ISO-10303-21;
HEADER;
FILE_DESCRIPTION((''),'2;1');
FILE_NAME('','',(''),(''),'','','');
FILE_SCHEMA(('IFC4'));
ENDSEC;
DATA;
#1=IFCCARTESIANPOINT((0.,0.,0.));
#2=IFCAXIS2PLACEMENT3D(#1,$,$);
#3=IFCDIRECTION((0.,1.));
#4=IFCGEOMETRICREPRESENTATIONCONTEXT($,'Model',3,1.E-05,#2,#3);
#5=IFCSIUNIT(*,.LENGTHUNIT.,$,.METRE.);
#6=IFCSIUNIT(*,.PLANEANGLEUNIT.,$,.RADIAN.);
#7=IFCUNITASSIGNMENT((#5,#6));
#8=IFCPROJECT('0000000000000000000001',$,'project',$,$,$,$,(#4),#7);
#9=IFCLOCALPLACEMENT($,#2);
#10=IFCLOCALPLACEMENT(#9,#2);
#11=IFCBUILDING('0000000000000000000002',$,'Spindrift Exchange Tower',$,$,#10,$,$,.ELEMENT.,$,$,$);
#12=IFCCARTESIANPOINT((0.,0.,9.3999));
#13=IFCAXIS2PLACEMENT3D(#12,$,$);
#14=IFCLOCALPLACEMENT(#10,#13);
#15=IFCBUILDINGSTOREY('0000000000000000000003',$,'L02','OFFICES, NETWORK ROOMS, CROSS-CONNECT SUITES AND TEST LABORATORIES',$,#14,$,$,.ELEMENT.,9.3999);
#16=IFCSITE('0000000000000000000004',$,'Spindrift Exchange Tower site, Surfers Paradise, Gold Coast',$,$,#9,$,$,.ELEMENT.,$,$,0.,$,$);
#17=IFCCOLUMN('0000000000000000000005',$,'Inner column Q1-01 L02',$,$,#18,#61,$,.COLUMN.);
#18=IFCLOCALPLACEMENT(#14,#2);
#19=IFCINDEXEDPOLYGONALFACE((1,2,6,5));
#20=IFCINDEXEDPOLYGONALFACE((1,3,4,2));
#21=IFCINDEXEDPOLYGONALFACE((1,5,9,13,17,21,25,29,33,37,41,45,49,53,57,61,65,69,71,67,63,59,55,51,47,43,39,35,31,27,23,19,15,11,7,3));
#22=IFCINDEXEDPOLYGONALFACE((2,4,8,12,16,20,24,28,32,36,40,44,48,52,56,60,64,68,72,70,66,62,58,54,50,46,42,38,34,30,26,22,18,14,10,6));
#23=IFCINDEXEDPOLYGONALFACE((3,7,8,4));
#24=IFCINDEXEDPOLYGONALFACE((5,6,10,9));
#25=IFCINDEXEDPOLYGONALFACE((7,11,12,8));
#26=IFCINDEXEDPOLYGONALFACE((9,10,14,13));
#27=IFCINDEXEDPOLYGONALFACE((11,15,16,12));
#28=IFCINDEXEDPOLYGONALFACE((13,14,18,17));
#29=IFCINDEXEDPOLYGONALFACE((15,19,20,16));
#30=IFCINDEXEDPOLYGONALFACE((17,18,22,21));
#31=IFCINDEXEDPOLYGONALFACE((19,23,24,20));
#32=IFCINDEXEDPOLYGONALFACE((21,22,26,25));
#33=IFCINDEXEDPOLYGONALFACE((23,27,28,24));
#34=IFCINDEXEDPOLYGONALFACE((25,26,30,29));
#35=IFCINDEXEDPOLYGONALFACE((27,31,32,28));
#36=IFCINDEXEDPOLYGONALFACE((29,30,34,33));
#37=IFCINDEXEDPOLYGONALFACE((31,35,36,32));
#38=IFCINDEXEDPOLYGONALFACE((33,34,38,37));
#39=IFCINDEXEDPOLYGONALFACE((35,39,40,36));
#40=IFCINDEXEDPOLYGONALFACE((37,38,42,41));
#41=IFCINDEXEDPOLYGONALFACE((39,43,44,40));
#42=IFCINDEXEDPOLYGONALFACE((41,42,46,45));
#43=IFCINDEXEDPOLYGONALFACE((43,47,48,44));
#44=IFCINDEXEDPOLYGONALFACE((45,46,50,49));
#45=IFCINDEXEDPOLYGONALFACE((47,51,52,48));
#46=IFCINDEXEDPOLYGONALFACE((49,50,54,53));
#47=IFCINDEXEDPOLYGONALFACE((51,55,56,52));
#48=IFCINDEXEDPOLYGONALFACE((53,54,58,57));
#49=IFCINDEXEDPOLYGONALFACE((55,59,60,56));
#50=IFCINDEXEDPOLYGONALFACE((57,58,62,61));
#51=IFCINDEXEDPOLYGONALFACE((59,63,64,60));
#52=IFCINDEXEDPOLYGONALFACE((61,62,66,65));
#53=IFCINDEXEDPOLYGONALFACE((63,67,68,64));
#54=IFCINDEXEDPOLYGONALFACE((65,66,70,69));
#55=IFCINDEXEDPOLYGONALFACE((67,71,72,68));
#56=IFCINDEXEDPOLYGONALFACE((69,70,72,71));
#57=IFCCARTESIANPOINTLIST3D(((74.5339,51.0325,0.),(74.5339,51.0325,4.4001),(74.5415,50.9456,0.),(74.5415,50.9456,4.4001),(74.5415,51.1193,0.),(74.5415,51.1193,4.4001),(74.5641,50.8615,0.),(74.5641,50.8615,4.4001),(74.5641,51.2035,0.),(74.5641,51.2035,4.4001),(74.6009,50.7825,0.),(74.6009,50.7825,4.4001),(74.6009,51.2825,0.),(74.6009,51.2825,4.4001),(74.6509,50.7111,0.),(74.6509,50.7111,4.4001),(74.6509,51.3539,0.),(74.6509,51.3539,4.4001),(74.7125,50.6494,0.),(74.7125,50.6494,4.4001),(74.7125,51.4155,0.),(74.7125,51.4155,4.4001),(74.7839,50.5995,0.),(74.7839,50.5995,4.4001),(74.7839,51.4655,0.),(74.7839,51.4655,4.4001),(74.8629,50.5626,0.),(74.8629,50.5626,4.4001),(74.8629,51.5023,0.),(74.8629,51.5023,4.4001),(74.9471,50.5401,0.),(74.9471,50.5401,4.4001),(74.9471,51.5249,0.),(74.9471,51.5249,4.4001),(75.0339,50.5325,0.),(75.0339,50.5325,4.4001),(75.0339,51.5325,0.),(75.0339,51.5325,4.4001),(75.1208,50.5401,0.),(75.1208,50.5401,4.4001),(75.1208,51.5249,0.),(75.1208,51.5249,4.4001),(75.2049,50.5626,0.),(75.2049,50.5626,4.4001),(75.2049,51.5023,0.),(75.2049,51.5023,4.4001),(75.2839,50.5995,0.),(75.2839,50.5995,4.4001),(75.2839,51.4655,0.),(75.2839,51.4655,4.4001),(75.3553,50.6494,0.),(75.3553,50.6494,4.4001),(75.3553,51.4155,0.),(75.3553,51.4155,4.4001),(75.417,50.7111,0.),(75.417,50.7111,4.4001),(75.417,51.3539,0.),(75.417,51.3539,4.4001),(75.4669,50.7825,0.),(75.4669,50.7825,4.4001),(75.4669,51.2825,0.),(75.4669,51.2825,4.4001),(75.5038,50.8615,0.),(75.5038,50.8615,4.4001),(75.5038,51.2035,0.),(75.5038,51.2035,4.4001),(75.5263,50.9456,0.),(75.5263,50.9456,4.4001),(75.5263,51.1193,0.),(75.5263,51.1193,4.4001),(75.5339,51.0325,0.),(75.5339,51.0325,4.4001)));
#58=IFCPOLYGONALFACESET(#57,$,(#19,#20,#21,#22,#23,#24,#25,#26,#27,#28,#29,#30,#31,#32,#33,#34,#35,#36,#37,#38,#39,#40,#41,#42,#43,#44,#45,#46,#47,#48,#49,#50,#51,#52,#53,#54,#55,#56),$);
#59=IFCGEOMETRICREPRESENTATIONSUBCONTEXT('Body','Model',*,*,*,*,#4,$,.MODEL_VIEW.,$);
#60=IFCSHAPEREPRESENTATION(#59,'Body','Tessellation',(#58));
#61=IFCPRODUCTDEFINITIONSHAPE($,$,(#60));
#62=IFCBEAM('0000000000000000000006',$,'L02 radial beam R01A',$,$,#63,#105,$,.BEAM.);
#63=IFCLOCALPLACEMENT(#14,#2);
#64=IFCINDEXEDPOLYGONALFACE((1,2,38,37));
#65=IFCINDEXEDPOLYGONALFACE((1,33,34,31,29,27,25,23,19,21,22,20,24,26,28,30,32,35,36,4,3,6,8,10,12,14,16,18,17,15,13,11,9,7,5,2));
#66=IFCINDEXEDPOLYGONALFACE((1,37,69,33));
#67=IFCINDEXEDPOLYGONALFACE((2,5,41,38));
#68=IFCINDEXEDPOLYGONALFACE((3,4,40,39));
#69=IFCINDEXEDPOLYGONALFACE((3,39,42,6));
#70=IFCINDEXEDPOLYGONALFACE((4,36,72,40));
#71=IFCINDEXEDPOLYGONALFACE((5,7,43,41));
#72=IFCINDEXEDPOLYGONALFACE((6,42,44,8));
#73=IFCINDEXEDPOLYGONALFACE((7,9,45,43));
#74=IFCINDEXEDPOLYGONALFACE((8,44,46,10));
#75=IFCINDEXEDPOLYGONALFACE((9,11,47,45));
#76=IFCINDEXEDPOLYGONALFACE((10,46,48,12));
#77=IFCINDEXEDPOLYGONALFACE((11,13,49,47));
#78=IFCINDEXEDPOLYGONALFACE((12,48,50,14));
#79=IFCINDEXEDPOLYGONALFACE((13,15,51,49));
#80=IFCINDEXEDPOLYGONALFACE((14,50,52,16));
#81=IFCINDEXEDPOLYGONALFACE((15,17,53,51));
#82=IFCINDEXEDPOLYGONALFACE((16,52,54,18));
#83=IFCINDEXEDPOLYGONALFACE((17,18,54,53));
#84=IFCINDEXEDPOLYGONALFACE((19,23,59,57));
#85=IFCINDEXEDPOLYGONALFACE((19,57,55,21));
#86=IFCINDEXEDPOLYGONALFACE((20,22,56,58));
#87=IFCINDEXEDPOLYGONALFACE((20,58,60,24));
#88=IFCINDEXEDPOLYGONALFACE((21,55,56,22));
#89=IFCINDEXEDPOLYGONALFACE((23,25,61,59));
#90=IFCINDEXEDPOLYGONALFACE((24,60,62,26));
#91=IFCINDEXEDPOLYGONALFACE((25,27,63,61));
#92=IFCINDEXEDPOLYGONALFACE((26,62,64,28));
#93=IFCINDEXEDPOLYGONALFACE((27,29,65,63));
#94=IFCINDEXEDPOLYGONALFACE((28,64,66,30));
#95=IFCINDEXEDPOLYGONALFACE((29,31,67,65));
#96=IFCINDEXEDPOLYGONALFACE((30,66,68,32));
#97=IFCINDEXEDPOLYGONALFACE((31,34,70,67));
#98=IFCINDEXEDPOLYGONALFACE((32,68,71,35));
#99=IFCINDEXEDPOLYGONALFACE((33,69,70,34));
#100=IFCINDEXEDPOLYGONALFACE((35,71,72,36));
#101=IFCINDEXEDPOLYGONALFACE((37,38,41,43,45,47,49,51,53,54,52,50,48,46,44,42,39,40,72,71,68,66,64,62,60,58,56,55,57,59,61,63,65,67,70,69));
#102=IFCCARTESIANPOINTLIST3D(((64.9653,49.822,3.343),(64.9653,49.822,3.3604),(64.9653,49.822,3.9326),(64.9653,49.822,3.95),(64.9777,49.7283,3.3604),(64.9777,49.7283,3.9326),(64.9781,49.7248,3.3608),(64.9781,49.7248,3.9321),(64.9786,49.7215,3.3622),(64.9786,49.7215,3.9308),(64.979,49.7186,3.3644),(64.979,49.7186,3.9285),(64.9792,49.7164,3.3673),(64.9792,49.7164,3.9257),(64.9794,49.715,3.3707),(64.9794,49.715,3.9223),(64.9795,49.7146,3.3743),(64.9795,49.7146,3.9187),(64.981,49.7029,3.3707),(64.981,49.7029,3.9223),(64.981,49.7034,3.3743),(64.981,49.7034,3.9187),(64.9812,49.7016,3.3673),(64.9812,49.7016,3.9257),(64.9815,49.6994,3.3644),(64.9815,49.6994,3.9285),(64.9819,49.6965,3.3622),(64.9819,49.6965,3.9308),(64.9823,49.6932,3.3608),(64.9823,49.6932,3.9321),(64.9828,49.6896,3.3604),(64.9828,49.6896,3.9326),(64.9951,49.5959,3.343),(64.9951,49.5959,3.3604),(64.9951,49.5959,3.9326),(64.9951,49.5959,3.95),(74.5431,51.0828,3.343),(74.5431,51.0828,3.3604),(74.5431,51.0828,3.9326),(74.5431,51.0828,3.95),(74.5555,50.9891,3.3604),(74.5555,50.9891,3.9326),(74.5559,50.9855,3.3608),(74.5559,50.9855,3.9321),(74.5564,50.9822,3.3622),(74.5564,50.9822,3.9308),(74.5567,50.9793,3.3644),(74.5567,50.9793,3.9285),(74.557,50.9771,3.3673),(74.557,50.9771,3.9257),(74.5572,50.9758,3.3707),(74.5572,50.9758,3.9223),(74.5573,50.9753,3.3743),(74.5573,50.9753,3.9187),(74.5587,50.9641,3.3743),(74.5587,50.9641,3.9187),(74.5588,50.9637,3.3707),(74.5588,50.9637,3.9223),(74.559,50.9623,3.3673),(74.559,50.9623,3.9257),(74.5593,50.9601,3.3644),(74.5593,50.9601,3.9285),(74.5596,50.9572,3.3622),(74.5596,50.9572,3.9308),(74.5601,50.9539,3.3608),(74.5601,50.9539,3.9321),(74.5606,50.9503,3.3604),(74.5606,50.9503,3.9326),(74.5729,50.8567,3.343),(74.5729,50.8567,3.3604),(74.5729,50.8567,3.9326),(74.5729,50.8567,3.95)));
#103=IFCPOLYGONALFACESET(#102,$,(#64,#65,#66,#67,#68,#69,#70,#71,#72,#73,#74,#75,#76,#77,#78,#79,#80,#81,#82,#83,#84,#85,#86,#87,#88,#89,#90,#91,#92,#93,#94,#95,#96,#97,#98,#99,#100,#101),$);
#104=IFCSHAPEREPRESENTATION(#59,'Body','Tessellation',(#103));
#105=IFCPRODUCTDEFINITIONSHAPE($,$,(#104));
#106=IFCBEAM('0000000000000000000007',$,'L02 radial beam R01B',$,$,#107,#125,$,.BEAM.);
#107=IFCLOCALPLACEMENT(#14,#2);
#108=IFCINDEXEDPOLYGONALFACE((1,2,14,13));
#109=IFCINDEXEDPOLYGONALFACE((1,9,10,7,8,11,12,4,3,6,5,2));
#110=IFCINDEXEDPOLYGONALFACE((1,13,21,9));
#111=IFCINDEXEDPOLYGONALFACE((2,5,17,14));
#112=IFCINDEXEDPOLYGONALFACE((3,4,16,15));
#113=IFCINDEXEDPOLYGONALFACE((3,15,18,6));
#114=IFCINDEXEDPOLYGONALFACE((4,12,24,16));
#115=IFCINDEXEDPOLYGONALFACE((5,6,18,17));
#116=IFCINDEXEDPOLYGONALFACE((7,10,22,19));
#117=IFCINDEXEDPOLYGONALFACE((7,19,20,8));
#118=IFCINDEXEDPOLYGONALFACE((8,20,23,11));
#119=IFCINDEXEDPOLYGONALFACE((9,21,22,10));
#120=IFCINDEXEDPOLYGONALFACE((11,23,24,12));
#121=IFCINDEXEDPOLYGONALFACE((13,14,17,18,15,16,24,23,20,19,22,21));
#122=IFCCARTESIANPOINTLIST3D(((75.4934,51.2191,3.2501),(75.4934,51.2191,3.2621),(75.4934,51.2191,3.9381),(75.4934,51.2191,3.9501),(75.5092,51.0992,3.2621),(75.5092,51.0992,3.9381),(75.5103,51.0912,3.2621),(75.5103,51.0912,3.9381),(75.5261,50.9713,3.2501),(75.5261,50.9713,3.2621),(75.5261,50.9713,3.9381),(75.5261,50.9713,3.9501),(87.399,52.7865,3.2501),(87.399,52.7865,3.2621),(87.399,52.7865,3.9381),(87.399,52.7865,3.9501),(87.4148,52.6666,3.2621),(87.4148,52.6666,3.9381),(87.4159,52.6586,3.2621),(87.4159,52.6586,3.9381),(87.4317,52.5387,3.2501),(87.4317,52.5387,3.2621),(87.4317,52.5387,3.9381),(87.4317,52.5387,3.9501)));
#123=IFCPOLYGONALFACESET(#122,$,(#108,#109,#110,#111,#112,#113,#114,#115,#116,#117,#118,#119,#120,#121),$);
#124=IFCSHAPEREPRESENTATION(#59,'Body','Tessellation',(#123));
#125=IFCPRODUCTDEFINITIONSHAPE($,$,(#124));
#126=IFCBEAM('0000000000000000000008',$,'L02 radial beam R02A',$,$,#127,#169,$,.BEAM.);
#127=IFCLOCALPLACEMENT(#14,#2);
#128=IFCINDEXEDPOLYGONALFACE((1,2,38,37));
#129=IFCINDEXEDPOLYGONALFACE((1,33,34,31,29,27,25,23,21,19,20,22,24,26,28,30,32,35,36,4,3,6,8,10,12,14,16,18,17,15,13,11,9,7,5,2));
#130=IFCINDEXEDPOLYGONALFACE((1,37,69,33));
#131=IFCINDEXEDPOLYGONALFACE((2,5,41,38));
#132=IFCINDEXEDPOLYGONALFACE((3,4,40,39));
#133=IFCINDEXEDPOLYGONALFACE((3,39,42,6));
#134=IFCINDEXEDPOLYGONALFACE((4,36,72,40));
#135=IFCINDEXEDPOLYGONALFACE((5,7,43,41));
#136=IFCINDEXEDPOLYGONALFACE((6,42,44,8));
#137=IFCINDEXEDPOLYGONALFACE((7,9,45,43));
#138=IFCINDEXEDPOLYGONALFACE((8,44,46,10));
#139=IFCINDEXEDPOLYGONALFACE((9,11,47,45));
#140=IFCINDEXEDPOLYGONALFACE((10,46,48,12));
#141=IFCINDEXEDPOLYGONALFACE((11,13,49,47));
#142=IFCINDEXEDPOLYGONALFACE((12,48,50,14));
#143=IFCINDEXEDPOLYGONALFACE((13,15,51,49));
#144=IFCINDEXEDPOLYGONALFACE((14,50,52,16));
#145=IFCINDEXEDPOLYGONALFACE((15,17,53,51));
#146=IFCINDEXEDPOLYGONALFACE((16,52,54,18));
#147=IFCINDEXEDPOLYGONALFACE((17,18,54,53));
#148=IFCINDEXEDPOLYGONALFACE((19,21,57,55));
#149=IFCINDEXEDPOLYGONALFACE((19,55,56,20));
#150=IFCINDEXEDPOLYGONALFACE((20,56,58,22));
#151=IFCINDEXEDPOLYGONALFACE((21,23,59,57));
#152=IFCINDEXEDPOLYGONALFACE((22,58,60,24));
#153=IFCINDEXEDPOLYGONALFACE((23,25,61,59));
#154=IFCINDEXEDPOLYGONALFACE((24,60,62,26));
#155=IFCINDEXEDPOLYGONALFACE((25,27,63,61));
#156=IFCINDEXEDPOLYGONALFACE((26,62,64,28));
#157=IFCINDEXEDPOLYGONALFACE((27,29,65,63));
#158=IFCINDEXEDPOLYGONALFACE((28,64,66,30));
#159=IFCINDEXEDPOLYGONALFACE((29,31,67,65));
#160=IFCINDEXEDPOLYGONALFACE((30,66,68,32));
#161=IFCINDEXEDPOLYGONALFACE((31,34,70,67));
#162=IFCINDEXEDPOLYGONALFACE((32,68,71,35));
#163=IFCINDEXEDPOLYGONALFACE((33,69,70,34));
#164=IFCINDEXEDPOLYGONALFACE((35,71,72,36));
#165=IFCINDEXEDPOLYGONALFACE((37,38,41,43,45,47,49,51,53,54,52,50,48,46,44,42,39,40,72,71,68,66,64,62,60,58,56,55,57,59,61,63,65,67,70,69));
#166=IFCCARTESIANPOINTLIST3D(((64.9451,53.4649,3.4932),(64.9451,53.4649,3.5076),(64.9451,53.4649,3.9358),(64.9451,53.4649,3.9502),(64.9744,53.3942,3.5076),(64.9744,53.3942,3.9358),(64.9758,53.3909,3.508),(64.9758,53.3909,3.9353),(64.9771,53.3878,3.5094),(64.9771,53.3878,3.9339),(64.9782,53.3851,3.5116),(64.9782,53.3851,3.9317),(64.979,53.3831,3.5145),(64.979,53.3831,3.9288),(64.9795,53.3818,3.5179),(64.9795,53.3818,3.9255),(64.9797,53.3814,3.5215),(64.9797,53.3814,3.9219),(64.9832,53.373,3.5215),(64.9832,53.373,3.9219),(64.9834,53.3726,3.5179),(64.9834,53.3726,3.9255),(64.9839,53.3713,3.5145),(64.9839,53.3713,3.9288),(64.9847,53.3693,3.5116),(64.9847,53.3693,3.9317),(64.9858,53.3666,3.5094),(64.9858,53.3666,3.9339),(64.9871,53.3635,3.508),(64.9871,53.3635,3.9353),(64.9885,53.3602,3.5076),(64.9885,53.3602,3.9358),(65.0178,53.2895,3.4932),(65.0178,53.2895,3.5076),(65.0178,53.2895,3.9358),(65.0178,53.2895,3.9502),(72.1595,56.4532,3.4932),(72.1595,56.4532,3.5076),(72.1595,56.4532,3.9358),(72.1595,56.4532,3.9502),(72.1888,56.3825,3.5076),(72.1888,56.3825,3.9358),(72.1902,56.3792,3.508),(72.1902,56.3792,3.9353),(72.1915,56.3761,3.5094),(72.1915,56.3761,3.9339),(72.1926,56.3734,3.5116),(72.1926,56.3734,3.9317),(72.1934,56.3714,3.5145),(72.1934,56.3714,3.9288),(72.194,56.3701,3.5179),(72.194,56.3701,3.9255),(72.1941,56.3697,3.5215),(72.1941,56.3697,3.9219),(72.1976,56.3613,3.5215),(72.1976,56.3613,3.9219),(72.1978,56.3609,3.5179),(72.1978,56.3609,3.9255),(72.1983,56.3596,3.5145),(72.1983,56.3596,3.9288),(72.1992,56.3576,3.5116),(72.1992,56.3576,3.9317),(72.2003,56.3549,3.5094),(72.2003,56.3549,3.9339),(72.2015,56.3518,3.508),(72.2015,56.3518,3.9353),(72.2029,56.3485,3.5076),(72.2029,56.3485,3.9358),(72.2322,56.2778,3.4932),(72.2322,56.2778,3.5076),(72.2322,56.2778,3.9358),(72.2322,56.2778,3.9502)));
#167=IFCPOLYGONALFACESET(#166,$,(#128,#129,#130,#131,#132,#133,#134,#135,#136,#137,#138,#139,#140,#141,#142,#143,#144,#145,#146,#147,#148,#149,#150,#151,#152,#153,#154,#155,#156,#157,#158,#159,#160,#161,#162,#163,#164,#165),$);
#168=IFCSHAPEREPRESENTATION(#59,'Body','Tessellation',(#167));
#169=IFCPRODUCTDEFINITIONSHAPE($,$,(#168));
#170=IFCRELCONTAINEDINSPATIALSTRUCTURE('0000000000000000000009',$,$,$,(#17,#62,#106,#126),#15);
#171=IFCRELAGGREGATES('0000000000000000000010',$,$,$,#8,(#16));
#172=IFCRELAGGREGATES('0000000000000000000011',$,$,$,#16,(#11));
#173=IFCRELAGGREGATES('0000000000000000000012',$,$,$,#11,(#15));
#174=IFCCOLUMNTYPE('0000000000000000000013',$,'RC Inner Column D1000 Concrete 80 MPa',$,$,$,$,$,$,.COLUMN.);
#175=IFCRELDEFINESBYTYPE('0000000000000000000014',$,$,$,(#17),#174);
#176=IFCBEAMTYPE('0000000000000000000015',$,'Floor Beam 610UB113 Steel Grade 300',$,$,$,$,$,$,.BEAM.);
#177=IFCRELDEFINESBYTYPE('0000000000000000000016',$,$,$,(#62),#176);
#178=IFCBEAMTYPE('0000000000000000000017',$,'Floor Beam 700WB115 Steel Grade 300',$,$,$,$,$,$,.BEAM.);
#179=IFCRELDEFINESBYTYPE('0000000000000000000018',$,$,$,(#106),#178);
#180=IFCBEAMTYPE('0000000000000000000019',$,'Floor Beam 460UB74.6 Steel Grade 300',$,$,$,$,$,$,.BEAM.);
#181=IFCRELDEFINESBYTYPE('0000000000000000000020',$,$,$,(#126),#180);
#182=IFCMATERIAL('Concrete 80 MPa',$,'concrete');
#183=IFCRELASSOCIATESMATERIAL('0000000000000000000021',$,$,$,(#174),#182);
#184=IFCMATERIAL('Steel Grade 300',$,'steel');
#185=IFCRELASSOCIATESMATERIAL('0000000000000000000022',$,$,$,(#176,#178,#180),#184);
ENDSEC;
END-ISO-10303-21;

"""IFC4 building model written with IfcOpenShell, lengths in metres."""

from ifc_helpers import new_model, si_unit, direction, frame, origin, origin_2d, place, context, subcontext, project, spatial, circle, i_section, extrude, source, transform, mapped, material, material_profile, profile_set, type_object, element, save


model = new_model("IFC4")

# Units and contexts
model_context = context("Model", 3, precision=1e-05, world=origin(), true_north=direction((0.0, 1.0)))
body_context = subcontext(model_context, "Body", "Model", "MODEL_VIEW")
ifc_project = project(units=[si_unit("LENGTHUNIT", "METRE"), si_unit("PLANEANGLEUNIT", "RADIAN")], contexts=[model_context])

# Site, building, storey
site_placement = place(None, origin())
site = spatial("IfcSite", under=ifc_project, at=site_placement, Name="Spindrift Exchange Tower site, Surfers Paradise, Gold Coast", CompositionType="ELEMENT", RefElevation=0.0)
building_placement = place(site_placement, origin())
building = spatial("IfcBuilding", under=site, at=building_placement, Name="Spindrift Exchange Tower", CompositionType="ELEMENT")
storey_placement = place(building_placement, frame((0.0, 0.0, 9.3999)))
storey = spatial("IfcBuildingStorey", under=building, at=storey_placement, Name="L02", Description="OFFICES, NETWORK ROOMS, CROSS-CONNECT SUITES AND TEST LABORATORIES", CompositionType="ELEMENT", Elevation=9.3999)

# Column
ifc_material_1 = material(Name="Concrete 80 MPa", Category="concrete")
ifc_material_profile_1 = material_profile(ifc_material_1, circle(Radius=0.5, at=origin_2d()), Name="RC D1000")
ifc_profile_set_1 = profile_set([ifc_material_profile_1], Name="Concrete 80 MPa")
column_type = type_object("IfcColumnType", Name="RC Inner Column D1000 Concrete 80 MPa", PredefinedType="COLUMN", material=ifc_profile_set_1)
shared_shape_1 = source(origin(), body_context, "Body", "SweptSolid", [
    extrude(circle(Radius=0.5, at=origin_2d()), origin(), (0.0, 0.0, 1.0), 4.4001),
])
column_placement = place(storey_placement, frame((75.0339, 51.0325, 0.0), z_axis=(0.0, 0.0, 1.0), x_axis=(1.0, 0.0, 0.0)))
element("IfcColumn", 1, at=column_placement, inside=storey, type_object=column_type, Name="Inner column Q1-01 L02", PredefinedType="COLUMN", context=body_context, shape_type="MappedRepresentation", body=[
    mapped(shared_shape_1, transform((0.0, 0.0, 0.0), scale=1.0)),
])

# Beams
ifc_material_2 = material(Name="Steel Grade 300", Category="steel")
ifc_material_profile_2 = material_profile(ifc_material_2, i_section(OverallWidth=0.228, OverallDepth=0.6069, WebThickness=0.0112, FlangeThickness=0.0173, FilletRadius=0.0139, at=origin_2d()), Name="610UB113")
ifc_profile_set_2 = profile_set([ifc_material_profile_2], Name="Steel Grade 300")
beam_type_1 = type_object("IfcBeamType", Name="Floor Beam 610UB113 Steel Grade 300", PredefinedType="BEAM", material=ifc_profile_set_2)
shared_shape_2 = source(origin(), body_context, "Body", "SweptSolid", [
    extrude(i_section(OverallWidth=0.228, OverallDepth=0.6069, WebThickness=0.0112, FlangeThickness=0.0173, FilletRadius=0.0139, at=origin_2d()), origin(), (0.0, 0.0, 1.0), 9.6604),
])
beam_1_placement = place(storey_placement, frame((64.9802, 49.709, 3.6465), z_axis=(0.991448, 0.130505, 0.0), x_axis=(-0.130505, 0.991448, 0.0)))
element("IfcBeam", 2, at=beam_1_placement, inside=storey, type_object=beam_type_1, Name="L02 radial beam R01A", PredefinedType="BEAM", context=body_context, shape_type="MappedRepresentation", body=[
    mapped(shared_shape_2, transform((0.0, 0.0, 0.0), scale=1.0)),
])
ifc_material_profile_3 = material_profile(ifc_material_2, i_section(OverallWidth=0.25, OverallDepth=0.7, WebThickness=0.0081, FlangeThickness=0.012, at=origin_2d()), Name="700WB115")
ifc_profile_set_3 = profile_set([ifc_material_profile_3], Name="Steel Grade 300")
beam_type_2 = type_object("IfcBeamType", Name="Floor Beam 700WB115 Steel Grade 300", PredefinedType="BEAM", material=ifc_profile_set_3)
shared_shape_3 = source(origin(), body_context, "Body", "SweptSolid", [
    extrude(i_section(OverallWidth=0.25, OverallDepth=0.7, WebThickness=0.0081, FlangeThickness=0.012, at=origin_2d()), origin(), (0.0, 0.0, 1.0), 12.0083),
])
beam_2_placement = place(storey_placement, frame((75.5098, 51.0952, 3.6001), z_axis=(0.991445, 0.130526, 0.0), x_axis=(-0.130526, 0.991445, 0.0)))
element("IfcBeam", 3, at=beam_2_placement, inside=storey, type_object=beam_type_2, Name="L02 radial beam R01B", PredefinedType="BEAM", context=body_context, shape_type="MappedRepresentation", body=[
    mapped(shared_shape_3, transform((0.0, 0.0, 0.0), scale=1.0)),
])
ifc_material_profile_4 = material_profile(ifc_material_2, i_section(OverallWidth=0.1899, OverallDepth=0.457, WebThickness=0.009, FlangeThickness=0.0144, FilletRadius=0.0139, at=origin_2d()), Name="460UB74.6")
ifc_profile_set_4 = profile_set([ifc_material_profile_4], Name="Steel Grade 300")
beam_type_3 = type_object("IfcBeamType", Name="Floor Beam 460UB74.6 Steel Grade 300", PredefinedType="BEAM", material=ifc_profile_set_4)
shared_shape_4 = source(origin(), body_context, "Body", "SweptSolid", [
    extrude(i_section(OverallWidth=0.1899, OverallDepth=0.457, WebThickness=0.009, FlangeThickness=0.0144, FilletRadius=0.0139, at=origin_2d()), origin(), (0.0, 0.0, 1.0), 7.8088),
])
beam_3_placement = place(storey_placement, frame((64.9814, 53.3772, 3.7217), z_axis=(0.92388, 0.382683, 0.0), x_axis=(-0.382683, 0.92388, 0.0)))
element("IfcBeam", 4, at=beam_3_placement, inside=storey, type_object=beam_type_3, Name="L02 radial beam R02A", PredefinedType="BEAM", context=body_context, shape_type="MappedRepresentation", body=[
    mapped(shared_shape_4, transform((0.0, 0.0, 0.0), scale=1.0)),
])

save(model, "model.ifc")
